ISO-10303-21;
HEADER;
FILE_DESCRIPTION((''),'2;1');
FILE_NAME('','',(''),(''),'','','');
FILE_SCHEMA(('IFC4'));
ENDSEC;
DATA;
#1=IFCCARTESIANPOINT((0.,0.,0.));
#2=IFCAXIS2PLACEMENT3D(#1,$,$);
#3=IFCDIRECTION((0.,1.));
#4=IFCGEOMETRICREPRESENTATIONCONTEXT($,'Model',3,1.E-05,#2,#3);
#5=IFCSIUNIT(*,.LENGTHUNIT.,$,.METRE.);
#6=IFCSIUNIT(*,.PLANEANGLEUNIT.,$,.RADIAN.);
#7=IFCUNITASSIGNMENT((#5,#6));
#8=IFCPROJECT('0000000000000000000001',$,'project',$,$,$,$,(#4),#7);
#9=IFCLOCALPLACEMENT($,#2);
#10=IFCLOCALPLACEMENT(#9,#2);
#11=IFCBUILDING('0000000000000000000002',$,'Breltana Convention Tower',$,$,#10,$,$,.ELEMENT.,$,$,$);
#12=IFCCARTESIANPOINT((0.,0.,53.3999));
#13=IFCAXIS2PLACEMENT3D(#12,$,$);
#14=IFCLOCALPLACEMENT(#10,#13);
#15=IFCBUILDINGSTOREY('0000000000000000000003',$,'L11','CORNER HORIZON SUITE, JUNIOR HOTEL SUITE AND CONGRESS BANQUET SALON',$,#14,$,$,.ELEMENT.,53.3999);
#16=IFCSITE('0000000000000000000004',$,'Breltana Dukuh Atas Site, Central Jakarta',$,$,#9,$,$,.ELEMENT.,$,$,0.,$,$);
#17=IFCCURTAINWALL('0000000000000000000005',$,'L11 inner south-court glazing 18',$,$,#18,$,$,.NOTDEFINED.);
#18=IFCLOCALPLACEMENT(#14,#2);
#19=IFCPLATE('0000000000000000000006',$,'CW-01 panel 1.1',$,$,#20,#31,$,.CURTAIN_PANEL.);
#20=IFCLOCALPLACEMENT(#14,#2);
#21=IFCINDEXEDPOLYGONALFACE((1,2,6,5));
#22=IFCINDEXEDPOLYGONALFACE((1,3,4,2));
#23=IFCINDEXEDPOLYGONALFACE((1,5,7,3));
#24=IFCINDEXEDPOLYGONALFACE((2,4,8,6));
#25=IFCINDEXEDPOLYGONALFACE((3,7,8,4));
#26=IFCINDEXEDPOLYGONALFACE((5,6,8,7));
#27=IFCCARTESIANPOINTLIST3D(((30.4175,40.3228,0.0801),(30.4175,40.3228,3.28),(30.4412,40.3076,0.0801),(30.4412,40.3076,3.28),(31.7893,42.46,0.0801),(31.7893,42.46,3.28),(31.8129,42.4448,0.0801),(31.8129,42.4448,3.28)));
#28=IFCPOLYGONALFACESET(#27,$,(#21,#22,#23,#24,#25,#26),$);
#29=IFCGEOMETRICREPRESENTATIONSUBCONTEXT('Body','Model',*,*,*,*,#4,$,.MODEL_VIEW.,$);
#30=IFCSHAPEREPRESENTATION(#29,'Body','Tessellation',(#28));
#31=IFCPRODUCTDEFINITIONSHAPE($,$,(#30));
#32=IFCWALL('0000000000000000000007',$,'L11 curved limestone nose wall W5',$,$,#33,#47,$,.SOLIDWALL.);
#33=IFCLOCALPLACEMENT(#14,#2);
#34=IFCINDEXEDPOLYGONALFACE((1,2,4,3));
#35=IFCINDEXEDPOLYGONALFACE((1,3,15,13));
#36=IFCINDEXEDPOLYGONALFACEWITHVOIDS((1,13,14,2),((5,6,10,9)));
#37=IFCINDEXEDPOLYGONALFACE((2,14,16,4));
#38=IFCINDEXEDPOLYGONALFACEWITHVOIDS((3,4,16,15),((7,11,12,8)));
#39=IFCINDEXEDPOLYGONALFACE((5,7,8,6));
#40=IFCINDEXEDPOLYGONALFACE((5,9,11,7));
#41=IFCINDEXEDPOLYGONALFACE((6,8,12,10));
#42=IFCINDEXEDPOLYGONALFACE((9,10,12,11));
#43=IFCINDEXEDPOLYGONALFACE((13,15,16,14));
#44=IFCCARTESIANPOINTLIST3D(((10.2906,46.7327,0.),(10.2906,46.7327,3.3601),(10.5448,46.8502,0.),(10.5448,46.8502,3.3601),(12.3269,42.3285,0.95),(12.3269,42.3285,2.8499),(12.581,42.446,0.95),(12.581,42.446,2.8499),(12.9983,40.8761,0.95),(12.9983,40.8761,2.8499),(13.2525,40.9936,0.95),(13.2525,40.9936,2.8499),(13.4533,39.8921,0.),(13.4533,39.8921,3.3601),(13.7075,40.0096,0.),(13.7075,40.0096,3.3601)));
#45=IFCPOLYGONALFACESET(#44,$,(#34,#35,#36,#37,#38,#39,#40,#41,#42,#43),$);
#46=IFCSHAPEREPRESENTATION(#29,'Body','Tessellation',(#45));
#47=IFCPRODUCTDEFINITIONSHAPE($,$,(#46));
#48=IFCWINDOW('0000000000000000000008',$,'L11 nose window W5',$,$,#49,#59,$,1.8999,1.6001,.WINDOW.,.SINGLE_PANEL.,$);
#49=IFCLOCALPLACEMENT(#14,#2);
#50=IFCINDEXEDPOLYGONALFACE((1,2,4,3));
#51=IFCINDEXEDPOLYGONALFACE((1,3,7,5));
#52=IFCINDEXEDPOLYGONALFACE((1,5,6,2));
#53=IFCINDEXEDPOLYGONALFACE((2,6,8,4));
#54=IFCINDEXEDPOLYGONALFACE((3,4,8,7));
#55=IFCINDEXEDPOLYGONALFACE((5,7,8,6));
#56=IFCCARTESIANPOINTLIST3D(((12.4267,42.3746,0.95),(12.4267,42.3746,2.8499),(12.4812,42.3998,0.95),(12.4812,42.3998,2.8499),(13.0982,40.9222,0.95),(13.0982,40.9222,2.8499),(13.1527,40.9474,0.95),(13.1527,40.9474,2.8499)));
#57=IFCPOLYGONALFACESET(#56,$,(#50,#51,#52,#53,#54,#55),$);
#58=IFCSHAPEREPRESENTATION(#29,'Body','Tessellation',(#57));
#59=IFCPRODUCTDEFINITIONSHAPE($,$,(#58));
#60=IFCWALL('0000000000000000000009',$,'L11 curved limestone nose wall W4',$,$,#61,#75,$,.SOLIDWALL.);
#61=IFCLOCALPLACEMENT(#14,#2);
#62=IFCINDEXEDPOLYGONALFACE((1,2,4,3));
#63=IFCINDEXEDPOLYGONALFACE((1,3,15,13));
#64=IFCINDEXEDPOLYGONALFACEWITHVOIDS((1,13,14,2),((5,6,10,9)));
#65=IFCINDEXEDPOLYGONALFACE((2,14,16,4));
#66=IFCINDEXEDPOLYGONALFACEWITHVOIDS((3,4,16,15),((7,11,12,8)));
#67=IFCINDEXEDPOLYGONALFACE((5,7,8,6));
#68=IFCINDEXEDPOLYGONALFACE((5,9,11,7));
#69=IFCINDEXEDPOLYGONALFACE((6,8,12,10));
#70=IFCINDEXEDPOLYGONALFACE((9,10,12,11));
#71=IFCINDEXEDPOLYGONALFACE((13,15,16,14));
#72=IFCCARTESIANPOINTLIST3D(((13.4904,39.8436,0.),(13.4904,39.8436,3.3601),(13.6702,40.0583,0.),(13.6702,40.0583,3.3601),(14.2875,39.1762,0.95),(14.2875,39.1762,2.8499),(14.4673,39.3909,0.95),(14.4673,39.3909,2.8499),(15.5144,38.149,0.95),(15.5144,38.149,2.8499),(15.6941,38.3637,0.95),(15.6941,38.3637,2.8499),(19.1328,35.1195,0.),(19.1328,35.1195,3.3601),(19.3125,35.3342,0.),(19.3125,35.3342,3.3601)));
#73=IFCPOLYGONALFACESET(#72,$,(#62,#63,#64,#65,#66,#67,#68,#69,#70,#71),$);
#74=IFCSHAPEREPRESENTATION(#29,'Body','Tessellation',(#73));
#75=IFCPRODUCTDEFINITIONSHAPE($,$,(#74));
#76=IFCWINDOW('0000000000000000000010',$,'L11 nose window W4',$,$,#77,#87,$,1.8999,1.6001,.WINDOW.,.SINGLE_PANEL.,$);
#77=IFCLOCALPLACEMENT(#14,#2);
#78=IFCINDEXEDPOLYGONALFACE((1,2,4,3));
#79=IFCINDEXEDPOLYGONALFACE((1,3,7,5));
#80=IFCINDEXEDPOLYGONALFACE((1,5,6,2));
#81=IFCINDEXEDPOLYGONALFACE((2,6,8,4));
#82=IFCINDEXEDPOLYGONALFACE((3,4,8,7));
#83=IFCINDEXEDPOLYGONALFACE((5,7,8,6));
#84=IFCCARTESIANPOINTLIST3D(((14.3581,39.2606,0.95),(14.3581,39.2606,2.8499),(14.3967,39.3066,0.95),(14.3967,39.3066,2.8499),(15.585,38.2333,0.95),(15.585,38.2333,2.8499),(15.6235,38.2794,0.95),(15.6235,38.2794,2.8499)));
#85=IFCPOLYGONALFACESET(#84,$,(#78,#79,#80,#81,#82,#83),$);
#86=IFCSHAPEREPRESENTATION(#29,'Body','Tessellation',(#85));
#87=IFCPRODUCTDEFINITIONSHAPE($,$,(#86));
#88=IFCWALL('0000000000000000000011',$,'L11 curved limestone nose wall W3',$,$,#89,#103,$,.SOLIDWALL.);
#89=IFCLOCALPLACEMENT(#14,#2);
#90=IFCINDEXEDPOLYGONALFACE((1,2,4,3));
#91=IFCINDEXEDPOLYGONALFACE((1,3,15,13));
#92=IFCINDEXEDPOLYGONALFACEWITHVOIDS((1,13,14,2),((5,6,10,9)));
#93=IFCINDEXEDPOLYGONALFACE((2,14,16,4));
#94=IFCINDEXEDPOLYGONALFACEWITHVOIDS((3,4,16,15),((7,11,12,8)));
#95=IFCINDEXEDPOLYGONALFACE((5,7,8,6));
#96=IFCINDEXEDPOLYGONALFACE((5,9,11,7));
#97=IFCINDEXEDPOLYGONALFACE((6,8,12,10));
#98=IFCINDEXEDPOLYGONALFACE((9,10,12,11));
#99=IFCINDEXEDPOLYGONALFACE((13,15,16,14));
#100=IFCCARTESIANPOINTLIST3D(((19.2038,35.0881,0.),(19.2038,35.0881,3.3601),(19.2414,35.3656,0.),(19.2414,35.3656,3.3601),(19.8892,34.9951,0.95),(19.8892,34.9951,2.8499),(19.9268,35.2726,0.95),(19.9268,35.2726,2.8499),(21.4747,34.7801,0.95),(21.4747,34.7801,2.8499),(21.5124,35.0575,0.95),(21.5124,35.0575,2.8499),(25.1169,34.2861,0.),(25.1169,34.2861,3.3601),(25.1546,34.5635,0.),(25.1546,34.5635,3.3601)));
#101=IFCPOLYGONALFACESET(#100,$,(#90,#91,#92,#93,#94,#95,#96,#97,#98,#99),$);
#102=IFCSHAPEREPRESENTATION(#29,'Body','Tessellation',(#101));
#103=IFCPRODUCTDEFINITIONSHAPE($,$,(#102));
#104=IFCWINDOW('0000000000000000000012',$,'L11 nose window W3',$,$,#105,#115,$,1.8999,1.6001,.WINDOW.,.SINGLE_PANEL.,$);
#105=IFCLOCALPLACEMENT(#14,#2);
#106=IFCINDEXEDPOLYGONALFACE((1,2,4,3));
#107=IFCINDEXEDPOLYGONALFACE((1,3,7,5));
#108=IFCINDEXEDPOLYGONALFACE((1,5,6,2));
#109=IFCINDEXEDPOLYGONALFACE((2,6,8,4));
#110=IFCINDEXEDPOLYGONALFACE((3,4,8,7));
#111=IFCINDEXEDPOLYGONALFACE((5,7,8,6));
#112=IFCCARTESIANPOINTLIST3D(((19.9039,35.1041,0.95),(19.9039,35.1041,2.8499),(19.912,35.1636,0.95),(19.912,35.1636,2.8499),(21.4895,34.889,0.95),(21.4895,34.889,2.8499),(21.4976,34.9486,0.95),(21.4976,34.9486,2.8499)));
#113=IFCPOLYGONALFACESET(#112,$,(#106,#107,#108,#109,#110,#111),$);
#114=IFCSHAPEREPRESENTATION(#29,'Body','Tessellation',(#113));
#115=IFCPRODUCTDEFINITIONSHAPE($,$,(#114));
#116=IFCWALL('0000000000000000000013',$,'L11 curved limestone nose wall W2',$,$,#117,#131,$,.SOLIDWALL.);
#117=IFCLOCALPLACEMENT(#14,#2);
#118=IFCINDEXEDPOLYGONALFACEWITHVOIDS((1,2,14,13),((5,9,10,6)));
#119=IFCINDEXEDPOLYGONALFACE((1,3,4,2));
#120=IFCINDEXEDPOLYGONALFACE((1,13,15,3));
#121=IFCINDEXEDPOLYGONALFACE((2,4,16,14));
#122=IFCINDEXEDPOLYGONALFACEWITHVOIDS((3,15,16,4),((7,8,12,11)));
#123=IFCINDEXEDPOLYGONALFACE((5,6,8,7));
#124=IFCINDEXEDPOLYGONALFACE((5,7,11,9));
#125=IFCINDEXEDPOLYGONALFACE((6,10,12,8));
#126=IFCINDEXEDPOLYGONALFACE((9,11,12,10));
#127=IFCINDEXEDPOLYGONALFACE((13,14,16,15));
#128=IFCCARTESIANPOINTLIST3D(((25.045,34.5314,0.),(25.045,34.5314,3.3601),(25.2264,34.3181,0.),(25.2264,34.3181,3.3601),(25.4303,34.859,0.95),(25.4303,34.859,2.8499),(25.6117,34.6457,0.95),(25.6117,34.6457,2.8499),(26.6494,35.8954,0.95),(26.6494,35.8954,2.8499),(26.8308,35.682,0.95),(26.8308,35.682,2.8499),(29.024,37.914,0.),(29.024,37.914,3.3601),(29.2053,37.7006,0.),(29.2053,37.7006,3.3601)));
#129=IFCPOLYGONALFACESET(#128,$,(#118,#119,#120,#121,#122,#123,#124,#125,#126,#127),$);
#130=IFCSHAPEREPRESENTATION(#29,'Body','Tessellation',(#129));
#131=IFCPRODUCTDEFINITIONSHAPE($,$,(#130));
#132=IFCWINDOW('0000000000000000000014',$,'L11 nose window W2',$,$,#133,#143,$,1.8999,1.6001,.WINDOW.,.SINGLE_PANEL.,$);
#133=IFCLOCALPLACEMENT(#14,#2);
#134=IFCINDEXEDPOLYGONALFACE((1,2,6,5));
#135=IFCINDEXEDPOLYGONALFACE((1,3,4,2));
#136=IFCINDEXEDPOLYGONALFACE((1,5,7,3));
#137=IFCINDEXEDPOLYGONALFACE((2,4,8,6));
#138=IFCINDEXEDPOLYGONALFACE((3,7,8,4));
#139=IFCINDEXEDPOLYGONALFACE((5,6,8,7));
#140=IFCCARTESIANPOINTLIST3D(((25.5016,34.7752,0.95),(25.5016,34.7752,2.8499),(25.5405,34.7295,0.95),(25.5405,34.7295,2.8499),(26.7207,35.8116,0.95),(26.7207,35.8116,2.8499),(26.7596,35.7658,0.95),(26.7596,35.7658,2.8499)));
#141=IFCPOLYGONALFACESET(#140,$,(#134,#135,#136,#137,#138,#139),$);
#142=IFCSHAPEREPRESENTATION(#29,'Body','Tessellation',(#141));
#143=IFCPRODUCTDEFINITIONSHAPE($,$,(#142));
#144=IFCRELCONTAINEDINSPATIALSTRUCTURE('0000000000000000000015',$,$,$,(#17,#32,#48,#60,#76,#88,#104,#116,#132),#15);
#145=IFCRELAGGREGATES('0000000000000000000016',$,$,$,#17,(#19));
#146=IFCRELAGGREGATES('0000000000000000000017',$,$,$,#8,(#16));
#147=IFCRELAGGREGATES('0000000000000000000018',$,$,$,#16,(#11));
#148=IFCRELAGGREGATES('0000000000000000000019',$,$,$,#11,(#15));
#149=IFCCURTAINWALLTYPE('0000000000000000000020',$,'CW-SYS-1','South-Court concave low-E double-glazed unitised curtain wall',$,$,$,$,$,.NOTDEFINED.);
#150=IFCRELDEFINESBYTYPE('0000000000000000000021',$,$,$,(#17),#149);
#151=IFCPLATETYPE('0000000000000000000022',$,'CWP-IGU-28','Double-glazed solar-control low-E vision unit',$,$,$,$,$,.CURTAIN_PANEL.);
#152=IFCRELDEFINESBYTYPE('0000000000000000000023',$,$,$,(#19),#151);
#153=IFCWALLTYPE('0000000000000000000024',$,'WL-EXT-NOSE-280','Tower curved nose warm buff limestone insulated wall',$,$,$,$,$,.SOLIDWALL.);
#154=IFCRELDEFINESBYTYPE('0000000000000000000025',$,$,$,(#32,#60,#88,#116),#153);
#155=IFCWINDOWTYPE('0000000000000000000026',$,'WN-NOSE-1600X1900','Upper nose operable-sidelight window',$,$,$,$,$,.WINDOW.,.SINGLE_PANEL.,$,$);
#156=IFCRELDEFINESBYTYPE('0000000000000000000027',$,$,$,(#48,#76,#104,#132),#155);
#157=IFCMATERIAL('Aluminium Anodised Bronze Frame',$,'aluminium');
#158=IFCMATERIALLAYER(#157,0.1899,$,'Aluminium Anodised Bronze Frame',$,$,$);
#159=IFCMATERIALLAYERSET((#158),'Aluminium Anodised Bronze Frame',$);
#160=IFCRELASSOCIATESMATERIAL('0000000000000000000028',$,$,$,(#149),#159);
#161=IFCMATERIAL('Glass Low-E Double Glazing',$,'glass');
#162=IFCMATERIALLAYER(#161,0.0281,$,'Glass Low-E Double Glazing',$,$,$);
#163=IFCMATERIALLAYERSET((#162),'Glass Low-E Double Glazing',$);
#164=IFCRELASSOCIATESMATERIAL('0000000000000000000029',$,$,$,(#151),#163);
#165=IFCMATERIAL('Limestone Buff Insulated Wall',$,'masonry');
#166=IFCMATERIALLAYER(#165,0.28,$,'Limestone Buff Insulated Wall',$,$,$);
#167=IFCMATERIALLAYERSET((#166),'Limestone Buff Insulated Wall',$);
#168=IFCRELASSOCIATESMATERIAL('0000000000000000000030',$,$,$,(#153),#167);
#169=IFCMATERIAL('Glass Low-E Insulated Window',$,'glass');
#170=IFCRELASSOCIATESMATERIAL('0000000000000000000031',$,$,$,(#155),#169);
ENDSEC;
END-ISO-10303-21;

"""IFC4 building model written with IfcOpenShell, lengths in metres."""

from ifc_helpers import new_model, si_unit, direction, frame, frame_2d, origin, origin_2d, place, context, subcontext, project, spatial, rectangle, extrude, source, transform, mapped, material, layer, layer_set, type_object, type_shapes, element, fill, aggregate, save


model = new_model("IFC4")

# Units and contexts
model_context = context("Model", 3, precision=1e-05, world=origin(), true_north=direction((0.0, 1.0)))
body_context = subcontext(model_context, "Body", "Model", "MODEL_VIEW")
ifc_project = project(units=[si_unit("LENGTHUNIT", "METRE"), si_unit("PLANEANGLEUNIT", "RADIAN")], contexts=[model_context])

# Site, building, storey
site_placement = place(None, origin())
site = spatial("IfcSite", under=ifc_project, at=site_placement, Name="Breltana Dukuh Atas Site, Central Jakarta", CompositionType="ELEMENT", RefElevation=0.0)
building_placement = place(site_placement, origin())
building = spatial("IfcBuilding", under=site, at=building_placement, Name="Breltana Convention Tower", CompositionType="ELEMENT")
storey_placement = place(building_placement, frame((0.0, 0.0, 53.3999)))
storey = spatial("IfcBuildingStorey", under=building, at=storey_placement, Name="L11", Description="CORNER HORIZON SUITE, JUNIOR HOTEL SUITE AND CONGRESS BANQUET SALON", CompositionType="ELEMENT", Elevation=53.3999)

# Curtain wall
ifc_material_1 = material(Name="Aluminium Anodised Bronze Frame", Category="aluminium")
ifc_layer_1 = layer(ifc_material_1, 0.1899, Name="Aluminium Anodised Bronze Frame")
ifc_layer_set_1 = layer_set([ifc_layer_1], Name="Aluminium Anodised Bronze Frame")
curtain_wall_type = type_object("IfcCurtainWallType", Name="CW-SYS-1", Description="South-Court concave low-E double-glazed unitised curtain wall", PredefinedType="NOTDEFINED", material=ifc_layer_set_1)
curtain_wall_1_placement = place(storey_placement, origin())
curtain_wall_1 = element("IfcCurtainWall", 1, at=curtain_wall_1_placement, inside=storey, type_object=curtain_wall_type, Name="L11 inner south-court glazing 18", PredefinedType="NOTDEFINED")

# Plate
ifc_material_2 = material(Name="Glass Low-E Double Glazing", Category="glass")
ifc_layer_2 = layer(ifc_material_2, 0.0281, Name="Glass Low-E Double Glazing")
ifc_layer_set_2 = layer_set([ifc_layer_2], Name="Glass Low-E Double Glazing")
plate_type = type_object("IfcPlateType", Name="CWP-IGU-28", Description="Double-glazed solar-control low-E vision unit", PredefinedType="CURTAIN_PANEL", material=ifc_layer_set_2)
shared_shape_1 = source(origin(), body_context, "Body", "SweptSolid", [
    extrude(rectangle(XDim=2.5396, YDim=0.0281, at=origin_2d()), origin(), (0.0, 0.0, 1.0), 3.2),
])
plate_1_placement = place(storey_placement, frame((31.1152, 41.3838, 0.0801), z_axis=(0.0, 0.0, 1.0), x_axis=(-0.54017, -0.841556, 0.0)))
plate_1 = element("IfcPlate", 2, at=plate_1_placement, type_object=plate_type, Name="CW-01 panel 1.1", PredefinedType="CURTAIN_PANEL", context=body_context, shape_type="MappedRepresentation", body=[
    mapped(shared_shape_1, transform((0.0, 0.0, 0.0), scale=1.0)),
])
aggregate(curtain_wall_1, [plate_1])

# Walls, openings, windows
ifc_material_3 = material(Name="Limestone Buff Insulated Wall", Category="masonry")
ifc_layer_3 = layer(ifc_material_3, 0.28, Name="Limestone Buff Insulated Wall")
ifc_layer_set_3 = layer_set([ifc_layer_3], Name="Limestone Buff Insulated Wall")
wall_type_1 = type_object("IfcWallType", Name="WL-EXT-NOSE-280", Description="Tower curved nose warm buff limestone insulated wall", PredefinedType="SOLIDWALL", material=ifc_layer_set_3)
shared_shape_2 = source(origin(), body_context, "Body", "SweptSolid", [
    extrude(rectangle(XDim=7.5364, YDim=0.28, at=frame_2d((3.7681, 0.0))), origin(), (0.0, 0.0, 1.0), 3.3601),
])
wall_1_placement = place(storey_placement, frame((13.5803, 39.9509, 0.0), z_axis=(0.0, 0.0, 1.0), x_axis=(-0.41965, 0.907686, 0.0)))
wall_1 = element("IfcWall", 3, at=wall_1_placement, inside=storey, type_object=wall_type_1, Name="L11 curved limestone nose wall W5", PredefinedType="SOLIDWALL", context=body_context, shape_type="MappedRepresentation", body=[
    mapped(shared_shape_2, transform((0.0, 0.0, 0.0), scale=1.0)),
])
opening_1_placement = place(wall_1_placement, frame((1.084, 0.0, 0.95)))
opening_1 = element("IfcOpeningElement", 4, at=opening_1_placement, cuts=wall_1, PredefinedType="OPENING", context=body_context, shape_type="SweptSolid", body=[
    extrude(rectangle(XDim=1.6001, YDim=1.8999, at=frame_2d((0.8, 0.95))), frame((0.0, 0.1499, 0.0), z_axis=(0.0, -1.0, 0.0), x_axis=(1.0, 0.0, 0.0)), (0.0, 0.0, 1.0), 0.3),
])
ifc_material_4 = material(Name="Glass Low-E Insulated Window", Category="glass")
window_type = type_object("IfcWindowType", Name="WN-NOSE-1600X1900", Description="Upper nose operable-sidelight window", PartitioningType="SINGLE_PANEL", PredefinedType="WINDOW", material=ifc_material_4)
shared_shape_3 = source(origin(), body_context, "Body", "SweptSolid", [
    extrude(rectangle(XDim=1.6001, YDim=1.8999, at=frame_2d((0.8, 0.95))), frame((0.0, 0.03, 0.0), z_axis=(0.0, -1.0, 0.0), x_axis=(1.0, 0.0, 0.0)), (0.0, 0.0, 1.0), 0.0601),
])
type_shapes(window_type, [shared_shape_3])
window_1_placement = place(opening_1_placement, origin())
window_1 = element("IfcWindow", 5, at=window_1_placement, inside=storey, type_object=window_type, Name="L11 nose window W5", OverallHeight=1.8999, OverallWidth=1.6001, PartitioningType="SINGLE_PANEL", PredefinedType="WINDOW", context=body_context, shape_type="MappedRepresentation", body=[
    mapped(shared_shape_3, transform((0.0, 0.0, 0.0), scale=1.0)),
])
fill(opening_1, window_1)
shared_shape_4 = source(origin(), body_context, "Body", "SweptSolid", [
    extrude(rectangle(XDim=7.3589, YDim=0.28, at=frame_2d((3.6794, 0.0))), origin(), (0.0, 0.0, 1.0), 3.3601),
])
wall_2_placement = place(storey_placement, frame((19.2227, 35.2268, 0.0), z_axis=(0.0, 0.0, 1.0), x_axis=(-0.766737, 0.641961, 0.0)))
wall_2 = element("IfcWall", 6, at=wall_2_placement, inside=storey, type_object=wall_type_1, Name="L11 curved limestone nose wall W4", PredefinedType="SOLIDWALL", context=body_context, shape_type="MappedRepresentation", body=[
    mapped(shared_shape_4, transform((0.0, 0.0, 0.0), scale=1.0)),
])
opening_2_placement = place(wall_2_placement, frame((4.7192, 0.0, 0.95)))
opening_2 = element("IfcOpeningElement", 7, at=opening_2_placement, cuts=wall_2, PredefinedType="OPENING", context=body_context, shape_type="SweptSolid", body=[
    extrude(rectangle(XDim=1.6001, YDim=1.8999, at=frame_2d((0.8, 0.95))), frame((0.0, 0.1499, 0.0), z_axis=(0.0, -1.0, 0.0), x_axis=(1.0, 0.0, 0.0)), (0.0, 0.0, 1.0), 0.3),
])
window_2_placement = place(opening_2_placement, origin())
window_2 = element("IfcWindow", 8, at=window_2_placement, inside=storey, type_object=window_type, Name="L11 nose window W4", OverallHeight=1.8999, OverallWidth=1.6001, PartitioningType="SINGLE_PANEL", PredefinedType="WINDOW", context=body_context, shape_type="MappedRepresentation", body=[
    mapped(shared_shape_3, transform((0.0, 0.0, 0.0), scale=1.0)),
])
fill(opening_2, window_2)
shared_shape_5 = source(origin(), body_context, "Body", "SweptSolid", [
    extrude(rectangle(XDim=5.9673, YDim=0.28, at=frame_2d((2.9836, 0.0))), origin(), (0.0, 0.0, 1.0), 3.3601),
])
wall_3_placement = place(storey_placement, frame((25.1357, 34.4248, 0.0), z_axis=(0.0, 0.0, 1.0), x_axis=(-0.990927, 0.134401, 0.0)))
wall_3 = element("IfcWall", 9, at=wall_3_placement, inside=storey, type_object=wall_type_1, Name="L11 curved limestone nose wall W3", PredefinedType="SOLIDWALL", context=body_context, shape_type="MappedRepresentation", body=[
    mapped(shared_shape_5, transform((0.0, 0.0, 0.0), scale=1.0)),
])
opening_3_placement = place(wall_3_placement, frame((3.6755, 0.0, 0.95)))
opening_3 = element("IfcOpeningElement", 10, at=opening_3_placement, cuts=wall_3, PredefinedType="OPENING", context=body_context, shape_type="SweptSolid", body=[
    extrude(rectangle(XDim=1.6001, YDim=1.8999, at=frame_2d((0.8, 0.95))), frame((0.0, 0.1499, 0.0), z_axis=(0.0, -1.0, 0.0), x_axis=(1.0, 0.0, 0.0)), (0.0, 0.0, 1.0), 0.3),
])
window_3_placement = place(opening_3_placement, origin())
window_3 = element("IfcWindow", 11, at=window_3_placement, inside=storey, type_object=window_type, Name="L11 nose window W3", OverallHeight=1.8999, OverallWidth=1.6001, PartitioningType="SINGLE_PANEL", PredefinedType="WINDOW", context=body_context, shape_type="MappedRepresentation", body=[
    mapped(shared_shape_3, transform((0.0, 0.0, 0.0), scale=1.0)),
])
fill(opening_3, window_3)
shared_shape_6 = source(origin(), body_context, "Body", "SweptSolid", [
    extrude(rectangle(XDim=5.2224, YDim=0.28, at=frame_2d((2.6113, 0.0))), origin(), (0.0, 0.0, 1.0), 3.3601),
])
wall_4_placement = place(storey_placement, frame((29.1147, 37.8074, 0.0), z_axis=(0.0, 0.0, 1.0), x_axis=(-0.7619, -0.647695, 0.0)))
wall_4 = element("IfcWall", 12, at=wall_4_placement, inside=storey, type_object=wall_type_1, Name="L11 curved limestone nose wall W2", PredefinedType="SOLIDWALL", context=body_context, shape_type="MappedRepresentation", body=[
    mapped(shared_shape_6, transform((0.0, 0.0, 0.0), scale=1.0)),
])
opening_4_placement = place(wall_4_placement, frame((3.1167, 0.0, 0.95)))
opening_4 = element("IfcOpeningElement", 13, at=opening_4_placement, cuts=wall_4, PredefinedType="OPENING", context=body_context, shape_type="SweptSolid", body=[
    extrude(rectangle(XDim=1.6001, YDim=1.8999, at=frame_2d((0.8, 0.95))), frame((0.0, 0.1499, 0.0), z_axis=(0.0, -1.0, 0.0), x_axis=(1.0, 0.0, 0.0)), (0.0, 0.0, 1.0), 0.3),
])
window_4_placement = place(opening_4_placement, origin())
window_4 = element("IfcWindow", 14, at=window_4_placement, inside=storey, type_object=window_type, Name="L11 nose window W2", OverallHeight=1.8999, OverallWidth=1.6001, PartitioningType="SINGLE_PANEL", PredefinedType="WINDOW", context=body_context, shape_type="MappedRepresentation", body=[
    mapped(shared_shape_3, transform((0.0, 0.0, 0.0), scale=1.0)),
])
fill(opening_4, window_4)

save(model, "model.ifc")
